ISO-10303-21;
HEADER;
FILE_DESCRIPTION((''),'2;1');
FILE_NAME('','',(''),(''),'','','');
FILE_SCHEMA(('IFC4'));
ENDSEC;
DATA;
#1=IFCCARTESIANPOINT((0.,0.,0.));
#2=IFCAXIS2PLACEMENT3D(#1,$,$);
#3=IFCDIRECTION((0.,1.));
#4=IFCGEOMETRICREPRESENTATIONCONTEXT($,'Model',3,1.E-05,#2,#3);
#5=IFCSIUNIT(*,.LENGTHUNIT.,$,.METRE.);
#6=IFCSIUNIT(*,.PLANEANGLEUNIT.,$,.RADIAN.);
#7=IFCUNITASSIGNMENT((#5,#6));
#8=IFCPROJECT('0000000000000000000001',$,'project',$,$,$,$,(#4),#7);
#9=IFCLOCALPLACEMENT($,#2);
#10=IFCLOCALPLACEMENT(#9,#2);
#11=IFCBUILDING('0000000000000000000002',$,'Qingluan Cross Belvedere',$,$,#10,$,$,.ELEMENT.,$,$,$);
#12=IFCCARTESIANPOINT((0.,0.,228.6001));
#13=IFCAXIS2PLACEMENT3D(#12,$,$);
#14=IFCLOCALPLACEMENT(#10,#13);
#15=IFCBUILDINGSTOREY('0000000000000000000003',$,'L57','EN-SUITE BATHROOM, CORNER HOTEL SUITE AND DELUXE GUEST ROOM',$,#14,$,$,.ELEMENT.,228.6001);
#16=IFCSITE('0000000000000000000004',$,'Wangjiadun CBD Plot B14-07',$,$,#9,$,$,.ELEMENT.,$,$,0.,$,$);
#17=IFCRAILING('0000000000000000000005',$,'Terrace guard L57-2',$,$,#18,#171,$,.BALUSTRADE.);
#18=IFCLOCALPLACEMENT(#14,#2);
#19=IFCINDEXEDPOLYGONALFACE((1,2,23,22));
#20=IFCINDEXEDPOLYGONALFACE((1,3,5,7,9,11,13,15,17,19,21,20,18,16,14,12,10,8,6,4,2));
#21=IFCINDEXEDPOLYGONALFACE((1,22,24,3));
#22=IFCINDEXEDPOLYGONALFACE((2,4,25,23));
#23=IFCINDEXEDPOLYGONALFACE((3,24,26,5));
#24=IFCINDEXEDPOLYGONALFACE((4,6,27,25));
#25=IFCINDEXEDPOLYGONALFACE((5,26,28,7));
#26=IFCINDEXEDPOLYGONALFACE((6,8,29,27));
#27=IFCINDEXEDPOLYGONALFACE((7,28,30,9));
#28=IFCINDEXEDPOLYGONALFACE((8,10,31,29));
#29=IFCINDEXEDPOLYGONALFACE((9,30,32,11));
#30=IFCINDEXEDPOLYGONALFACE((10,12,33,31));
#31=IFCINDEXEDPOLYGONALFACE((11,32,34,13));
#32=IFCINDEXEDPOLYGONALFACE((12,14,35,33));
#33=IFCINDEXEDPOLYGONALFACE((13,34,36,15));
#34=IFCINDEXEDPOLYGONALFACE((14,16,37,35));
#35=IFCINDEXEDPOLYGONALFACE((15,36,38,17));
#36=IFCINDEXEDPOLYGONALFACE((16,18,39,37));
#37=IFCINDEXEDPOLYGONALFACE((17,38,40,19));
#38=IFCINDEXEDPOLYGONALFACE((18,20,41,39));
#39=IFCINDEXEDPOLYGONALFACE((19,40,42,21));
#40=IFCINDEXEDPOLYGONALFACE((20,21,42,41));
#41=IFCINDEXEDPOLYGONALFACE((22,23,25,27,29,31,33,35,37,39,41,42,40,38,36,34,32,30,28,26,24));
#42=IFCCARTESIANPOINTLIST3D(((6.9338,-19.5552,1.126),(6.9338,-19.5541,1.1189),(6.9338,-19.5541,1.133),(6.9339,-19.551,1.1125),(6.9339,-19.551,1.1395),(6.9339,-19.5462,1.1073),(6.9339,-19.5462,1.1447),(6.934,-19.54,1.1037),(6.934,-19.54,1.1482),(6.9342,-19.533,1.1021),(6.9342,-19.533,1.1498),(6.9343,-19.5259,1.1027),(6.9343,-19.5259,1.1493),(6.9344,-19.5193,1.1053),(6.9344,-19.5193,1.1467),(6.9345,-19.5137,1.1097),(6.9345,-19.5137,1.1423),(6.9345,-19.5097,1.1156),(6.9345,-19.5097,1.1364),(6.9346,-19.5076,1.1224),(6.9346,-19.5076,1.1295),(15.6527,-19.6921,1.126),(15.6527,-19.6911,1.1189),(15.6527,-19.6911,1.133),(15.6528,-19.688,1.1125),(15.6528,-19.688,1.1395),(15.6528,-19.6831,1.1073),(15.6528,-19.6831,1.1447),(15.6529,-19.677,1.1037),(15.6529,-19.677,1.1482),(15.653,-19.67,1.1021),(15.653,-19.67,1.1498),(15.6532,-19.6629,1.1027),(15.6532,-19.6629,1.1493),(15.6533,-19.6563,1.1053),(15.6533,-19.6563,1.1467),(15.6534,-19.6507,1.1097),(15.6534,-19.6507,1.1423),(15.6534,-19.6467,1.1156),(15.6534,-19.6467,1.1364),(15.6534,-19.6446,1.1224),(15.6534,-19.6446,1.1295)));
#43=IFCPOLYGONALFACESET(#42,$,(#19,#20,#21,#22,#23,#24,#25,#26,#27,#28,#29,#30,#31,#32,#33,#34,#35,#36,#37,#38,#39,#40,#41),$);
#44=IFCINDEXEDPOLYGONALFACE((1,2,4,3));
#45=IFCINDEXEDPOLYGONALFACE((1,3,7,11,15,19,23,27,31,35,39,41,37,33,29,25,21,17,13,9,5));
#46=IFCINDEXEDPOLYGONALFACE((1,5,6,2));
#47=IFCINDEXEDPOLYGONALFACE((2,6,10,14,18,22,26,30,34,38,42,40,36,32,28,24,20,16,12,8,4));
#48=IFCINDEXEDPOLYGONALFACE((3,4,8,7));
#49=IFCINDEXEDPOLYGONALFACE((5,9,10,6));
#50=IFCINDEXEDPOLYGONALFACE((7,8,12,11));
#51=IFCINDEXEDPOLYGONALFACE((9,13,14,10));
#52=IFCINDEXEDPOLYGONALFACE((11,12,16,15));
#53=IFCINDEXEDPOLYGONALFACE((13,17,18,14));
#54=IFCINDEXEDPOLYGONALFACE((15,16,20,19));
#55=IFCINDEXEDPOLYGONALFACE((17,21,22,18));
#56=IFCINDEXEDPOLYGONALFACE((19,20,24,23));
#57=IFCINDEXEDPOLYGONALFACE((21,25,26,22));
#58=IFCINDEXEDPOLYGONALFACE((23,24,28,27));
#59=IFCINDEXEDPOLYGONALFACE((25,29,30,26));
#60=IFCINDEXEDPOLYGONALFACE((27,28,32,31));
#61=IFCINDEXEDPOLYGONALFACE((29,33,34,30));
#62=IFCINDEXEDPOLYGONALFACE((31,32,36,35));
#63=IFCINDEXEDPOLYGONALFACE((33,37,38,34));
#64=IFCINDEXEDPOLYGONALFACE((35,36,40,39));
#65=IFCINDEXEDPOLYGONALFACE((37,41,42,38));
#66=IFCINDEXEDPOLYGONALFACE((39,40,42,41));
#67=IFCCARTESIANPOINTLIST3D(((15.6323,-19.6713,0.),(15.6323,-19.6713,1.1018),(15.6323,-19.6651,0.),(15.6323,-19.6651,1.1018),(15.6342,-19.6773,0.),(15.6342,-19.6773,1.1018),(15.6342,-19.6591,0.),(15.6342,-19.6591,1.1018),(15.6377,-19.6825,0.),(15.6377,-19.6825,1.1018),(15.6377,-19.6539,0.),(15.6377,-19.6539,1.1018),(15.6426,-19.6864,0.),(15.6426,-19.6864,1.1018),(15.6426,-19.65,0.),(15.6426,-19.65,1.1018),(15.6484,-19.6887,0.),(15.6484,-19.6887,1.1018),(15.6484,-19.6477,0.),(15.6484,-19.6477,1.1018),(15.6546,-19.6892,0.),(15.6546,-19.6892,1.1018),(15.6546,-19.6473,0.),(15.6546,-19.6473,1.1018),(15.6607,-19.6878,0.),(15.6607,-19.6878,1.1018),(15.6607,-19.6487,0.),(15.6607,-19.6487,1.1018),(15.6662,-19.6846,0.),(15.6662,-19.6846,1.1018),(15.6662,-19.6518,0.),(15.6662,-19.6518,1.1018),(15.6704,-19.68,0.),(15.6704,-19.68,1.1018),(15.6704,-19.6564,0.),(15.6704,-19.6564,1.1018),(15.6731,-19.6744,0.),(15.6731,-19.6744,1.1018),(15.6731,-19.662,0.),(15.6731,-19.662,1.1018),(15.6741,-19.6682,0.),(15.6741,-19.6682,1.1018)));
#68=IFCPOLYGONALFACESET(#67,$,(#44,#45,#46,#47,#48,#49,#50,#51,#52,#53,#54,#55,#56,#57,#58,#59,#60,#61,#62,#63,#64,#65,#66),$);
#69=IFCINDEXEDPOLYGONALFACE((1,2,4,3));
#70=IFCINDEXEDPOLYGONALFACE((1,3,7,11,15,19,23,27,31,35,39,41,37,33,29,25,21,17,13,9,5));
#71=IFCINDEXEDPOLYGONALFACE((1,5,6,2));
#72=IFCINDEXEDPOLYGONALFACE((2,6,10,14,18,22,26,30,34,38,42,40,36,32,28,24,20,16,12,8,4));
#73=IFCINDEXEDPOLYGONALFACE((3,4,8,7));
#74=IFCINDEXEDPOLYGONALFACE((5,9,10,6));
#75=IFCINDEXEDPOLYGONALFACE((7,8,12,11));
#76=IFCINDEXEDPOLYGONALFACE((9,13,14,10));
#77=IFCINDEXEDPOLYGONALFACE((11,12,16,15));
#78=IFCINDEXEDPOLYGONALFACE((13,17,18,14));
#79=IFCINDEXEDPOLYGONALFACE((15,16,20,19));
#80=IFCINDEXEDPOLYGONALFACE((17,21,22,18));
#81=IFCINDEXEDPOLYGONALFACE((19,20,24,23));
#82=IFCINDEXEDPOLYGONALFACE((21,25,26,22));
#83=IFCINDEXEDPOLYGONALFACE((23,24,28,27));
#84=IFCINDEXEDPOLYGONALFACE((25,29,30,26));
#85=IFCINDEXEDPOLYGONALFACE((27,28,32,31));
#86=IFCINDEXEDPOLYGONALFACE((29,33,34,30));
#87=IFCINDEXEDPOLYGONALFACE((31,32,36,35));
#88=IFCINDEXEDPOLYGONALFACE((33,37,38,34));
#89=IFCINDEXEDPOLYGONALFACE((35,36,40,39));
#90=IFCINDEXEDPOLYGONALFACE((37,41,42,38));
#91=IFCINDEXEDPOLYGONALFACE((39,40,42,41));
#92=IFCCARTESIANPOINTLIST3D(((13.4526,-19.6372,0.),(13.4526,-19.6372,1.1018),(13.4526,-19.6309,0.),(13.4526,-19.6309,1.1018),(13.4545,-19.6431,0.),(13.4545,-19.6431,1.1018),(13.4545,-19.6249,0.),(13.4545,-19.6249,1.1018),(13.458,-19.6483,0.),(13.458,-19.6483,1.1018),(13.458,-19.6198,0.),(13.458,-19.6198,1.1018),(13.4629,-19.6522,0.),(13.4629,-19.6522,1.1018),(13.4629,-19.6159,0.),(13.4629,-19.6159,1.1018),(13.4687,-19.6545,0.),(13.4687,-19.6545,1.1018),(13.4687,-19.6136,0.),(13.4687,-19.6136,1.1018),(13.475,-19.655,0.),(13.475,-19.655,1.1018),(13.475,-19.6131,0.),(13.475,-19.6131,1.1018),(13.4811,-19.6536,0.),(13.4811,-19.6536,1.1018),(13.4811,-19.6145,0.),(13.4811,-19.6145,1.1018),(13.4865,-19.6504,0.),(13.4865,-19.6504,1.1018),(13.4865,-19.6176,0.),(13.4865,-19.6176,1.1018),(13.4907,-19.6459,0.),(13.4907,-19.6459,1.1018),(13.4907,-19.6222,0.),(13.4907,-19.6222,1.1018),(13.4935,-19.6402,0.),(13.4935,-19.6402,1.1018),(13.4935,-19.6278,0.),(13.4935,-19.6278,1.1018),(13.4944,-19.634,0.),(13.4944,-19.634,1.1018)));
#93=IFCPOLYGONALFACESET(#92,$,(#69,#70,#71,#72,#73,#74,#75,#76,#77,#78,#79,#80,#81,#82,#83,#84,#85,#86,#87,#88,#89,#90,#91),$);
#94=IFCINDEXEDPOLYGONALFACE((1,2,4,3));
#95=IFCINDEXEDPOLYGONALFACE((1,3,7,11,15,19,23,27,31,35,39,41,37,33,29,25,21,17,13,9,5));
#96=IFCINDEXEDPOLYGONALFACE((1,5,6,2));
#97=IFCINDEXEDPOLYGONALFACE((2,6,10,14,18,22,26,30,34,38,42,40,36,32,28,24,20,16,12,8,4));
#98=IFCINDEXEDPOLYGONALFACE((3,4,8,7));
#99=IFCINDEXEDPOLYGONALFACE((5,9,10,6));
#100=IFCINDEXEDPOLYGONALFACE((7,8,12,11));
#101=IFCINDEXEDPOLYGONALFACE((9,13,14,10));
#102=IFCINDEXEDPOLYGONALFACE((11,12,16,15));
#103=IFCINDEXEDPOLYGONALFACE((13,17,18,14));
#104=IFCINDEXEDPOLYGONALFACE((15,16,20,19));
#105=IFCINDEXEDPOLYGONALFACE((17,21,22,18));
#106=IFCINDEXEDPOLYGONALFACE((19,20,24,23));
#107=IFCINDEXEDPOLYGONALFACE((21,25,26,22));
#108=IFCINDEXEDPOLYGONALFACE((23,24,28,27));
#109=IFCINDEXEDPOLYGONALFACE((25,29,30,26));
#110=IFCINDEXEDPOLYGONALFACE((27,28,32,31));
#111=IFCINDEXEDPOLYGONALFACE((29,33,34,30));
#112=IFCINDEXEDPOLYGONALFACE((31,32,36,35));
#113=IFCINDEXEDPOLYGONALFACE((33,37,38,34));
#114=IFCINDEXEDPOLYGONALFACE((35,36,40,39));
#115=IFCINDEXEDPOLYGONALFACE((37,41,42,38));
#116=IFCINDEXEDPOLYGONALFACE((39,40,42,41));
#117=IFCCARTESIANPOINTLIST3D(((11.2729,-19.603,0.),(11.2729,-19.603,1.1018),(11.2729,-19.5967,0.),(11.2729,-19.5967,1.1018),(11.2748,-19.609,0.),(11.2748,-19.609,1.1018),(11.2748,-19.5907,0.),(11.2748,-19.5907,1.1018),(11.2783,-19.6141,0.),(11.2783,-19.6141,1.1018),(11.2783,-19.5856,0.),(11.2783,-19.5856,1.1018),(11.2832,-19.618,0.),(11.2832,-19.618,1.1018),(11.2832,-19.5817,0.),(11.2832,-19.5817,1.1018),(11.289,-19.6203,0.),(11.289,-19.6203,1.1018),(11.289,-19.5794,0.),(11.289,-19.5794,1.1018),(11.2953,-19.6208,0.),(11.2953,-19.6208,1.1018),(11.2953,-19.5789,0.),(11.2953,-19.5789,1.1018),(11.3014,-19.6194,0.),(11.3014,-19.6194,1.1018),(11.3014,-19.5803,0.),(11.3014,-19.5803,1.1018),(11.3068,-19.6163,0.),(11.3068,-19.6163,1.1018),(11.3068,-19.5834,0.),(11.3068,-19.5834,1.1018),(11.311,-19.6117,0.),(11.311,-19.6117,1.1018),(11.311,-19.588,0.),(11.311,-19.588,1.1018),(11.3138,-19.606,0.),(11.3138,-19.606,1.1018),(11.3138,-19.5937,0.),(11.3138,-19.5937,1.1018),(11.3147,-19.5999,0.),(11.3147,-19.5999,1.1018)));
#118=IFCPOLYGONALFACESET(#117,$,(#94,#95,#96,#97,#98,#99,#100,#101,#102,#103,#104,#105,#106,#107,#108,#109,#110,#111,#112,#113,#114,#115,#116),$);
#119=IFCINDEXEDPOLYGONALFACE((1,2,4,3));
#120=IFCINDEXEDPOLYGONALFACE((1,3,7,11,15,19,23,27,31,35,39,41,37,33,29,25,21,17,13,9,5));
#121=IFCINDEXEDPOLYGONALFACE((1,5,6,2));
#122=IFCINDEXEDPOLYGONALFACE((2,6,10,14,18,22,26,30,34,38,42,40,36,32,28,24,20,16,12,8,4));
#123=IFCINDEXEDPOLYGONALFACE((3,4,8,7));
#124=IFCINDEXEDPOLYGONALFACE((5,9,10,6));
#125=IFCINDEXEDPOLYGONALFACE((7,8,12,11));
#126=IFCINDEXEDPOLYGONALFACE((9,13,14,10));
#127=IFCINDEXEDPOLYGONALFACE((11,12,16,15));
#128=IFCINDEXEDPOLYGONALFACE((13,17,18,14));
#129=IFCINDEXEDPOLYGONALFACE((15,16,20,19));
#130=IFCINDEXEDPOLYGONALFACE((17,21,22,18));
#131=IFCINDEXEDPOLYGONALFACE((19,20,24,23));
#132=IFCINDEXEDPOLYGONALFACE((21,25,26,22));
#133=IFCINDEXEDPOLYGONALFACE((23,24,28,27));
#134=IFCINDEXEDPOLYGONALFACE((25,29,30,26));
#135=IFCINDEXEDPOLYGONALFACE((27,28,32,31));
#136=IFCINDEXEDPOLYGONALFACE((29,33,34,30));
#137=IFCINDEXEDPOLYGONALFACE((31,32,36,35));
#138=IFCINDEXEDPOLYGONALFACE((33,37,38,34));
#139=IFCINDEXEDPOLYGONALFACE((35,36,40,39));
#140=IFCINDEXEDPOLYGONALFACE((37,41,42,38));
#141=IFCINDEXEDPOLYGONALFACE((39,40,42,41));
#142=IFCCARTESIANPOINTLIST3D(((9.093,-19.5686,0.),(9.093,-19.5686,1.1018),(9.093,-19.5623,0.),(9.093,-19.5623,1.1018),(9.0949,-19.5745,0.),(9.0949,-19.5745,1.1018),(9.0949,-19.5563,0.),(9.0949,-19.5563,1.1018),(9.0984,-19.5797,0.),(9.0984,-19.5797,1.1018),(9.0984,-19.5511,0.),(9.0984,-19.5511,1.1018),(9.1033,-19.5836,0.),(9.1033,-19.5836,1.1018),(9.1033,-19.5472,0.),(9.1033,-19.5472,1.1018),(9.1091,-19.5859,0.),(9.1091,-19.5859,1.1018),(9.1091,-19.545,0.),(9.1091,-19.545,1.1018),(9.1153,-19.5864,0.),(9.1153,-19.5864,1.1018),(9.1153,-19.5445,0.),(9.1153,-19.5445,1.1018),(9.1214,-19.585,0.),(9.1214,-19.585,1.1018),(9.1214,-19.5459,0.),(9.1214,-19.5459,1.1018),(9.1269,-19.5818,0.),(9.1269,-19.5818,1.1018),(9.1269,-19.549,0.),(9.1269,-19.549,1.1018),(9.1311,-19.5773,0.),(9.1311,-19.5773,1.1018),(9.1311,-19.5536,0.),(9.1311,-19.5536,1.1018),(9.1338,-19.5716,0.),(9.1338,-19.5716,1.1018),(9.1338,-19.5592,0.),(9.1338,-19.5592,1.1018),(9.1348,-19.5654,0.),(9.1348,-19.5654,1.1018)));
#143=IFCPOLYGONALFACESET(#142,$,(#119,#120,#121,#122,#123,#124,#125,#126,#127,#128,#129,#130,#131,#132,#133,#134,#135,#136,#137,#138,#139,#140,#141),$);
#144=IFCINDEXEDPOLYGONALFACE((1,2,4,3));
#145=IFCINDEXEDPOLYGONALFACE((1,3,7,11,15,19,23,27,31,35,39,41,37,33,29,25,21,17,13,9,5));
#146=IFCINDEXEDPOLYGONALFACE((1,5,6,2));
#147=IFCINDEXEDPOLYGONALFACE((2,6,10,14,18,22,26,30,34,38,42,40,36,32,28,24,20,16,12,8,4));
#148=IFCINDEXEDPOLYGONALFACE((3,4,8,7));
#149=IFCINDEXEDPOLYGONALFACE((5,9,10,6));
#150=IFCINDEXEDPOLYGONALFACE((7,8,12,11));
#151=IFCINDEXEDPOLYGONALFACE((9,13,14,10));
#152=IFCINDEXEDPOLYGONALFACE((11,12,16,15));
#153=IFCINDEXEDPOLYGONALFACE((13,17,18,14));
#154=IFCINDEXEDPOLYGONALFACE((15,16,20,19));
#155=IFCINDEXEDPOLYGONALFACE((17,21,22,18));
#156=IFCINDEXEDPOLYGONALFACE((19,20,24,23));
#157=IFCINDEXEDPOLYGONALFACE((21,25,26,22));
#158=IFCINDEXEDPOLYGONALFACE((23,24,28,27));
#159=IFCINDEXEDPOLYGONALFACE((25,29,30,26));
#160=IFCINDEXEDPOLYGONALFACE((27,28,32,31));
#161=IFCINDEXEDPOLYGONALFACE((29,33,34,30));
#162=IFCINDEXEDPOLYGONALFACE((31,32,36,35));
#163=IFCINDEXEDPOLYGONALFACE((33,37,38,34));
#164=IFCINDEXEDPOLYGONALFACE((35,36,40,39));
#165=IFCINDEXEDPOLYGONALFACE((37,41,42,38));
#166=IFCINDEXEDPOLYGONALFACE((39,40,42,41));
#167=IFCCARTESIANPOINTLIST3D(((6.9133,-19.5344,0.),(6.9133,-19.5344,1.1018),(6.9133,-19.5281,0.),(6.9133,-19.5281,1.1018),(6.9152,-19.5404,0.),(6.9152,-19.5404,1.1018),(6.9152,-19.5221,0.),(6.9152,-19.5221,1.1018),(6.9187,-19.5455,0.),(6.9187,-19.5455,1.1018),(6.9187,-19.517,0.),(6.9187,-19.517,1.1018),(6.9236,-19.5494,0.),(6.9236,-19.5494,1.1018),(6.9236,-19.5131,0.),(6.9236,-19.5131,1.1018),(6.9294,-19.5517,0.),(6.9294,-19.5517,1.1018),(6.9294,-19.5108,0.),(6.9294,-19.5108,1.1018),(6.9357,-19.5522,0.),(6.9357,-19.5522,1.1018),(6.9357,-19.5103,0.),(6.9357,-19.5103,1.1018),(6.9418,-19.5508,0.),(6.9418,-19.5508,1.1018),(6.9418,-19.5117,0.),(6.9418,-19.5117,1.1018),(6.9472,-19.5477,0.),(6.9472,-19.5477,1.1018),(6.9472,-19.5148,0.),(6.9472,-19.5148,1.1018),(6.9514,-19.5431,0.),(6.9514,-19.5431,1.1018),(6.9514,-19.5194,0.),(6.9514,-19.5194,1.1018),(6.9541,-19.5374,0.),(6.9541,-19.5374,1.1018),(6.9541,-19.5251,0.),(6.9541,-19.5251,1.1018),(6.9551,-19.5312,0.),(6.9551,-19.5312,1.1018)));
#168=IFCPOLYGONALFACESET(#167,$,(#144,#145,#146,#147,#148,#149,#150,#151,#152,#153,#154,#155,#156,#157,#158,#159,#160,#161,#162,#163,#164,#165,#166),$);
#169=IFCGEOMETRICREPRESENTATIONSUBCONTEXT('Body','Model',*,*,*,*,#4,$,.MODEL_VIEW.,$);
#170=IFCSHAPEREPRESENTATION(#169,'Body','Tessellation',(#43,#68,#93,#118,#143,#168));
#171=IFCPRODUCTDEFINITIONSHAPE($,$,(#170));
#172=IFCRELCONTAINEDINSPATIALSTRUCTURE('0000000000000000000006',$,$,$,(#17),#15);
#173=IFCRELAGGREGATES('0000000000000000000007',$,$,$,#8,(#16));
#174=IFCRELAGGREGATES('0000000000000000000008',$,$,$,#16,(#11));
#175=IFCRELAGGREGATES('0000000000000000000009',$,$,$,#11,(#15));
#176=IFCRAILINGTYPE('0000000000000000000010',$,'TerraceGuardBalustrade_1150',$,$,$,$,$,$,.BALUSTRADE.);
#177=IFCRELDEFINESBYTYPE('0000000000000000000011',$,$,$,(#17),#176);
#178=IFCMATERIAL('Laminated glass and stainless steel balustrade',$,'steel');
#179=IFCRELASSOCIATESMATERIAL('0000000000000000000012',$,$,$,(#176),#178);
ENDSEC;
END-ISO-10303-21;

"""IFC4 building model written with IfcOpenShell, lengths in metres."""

from ifc_helpers import new_model, si_unit, direction, frame, origin, origin_2d, place, context, subcontext, project, spatial, circle, extrude, material, type_object, element, save


model = new_model("IFC4")

# Units and contexts
model_context = context("Model", 3, precision=1e-05, world=origin(), true_north=direction((0.0, 1.0)))
body_context = subcontext(model_context, "Body", "Model", "MODEL_VIEW")
ifc_project = project(units=[si_unit("LENGTHUNIT", "METRE"), si_unit("PLANEANGLEUNIT", "RADIAN")], contexts=[model_context])

# Site, building, storey
site_placement = place(None, origin())
site = spatial("IfcSite", under=ifc_project, at=site_placement, Name="Wangjiadun CBD Plot B14-07", CompositionType="ELEMENT", RefElevation=0.0)
building_placement = place(site_placement, origin())
building = spatial("IfcBuilding", under=site, at=building_placement, Name="Qingluan Cross Belvedere", CompositionType="ELEMENT")
storey_placement = place(building_placement, frame((0.0, 0.0, 228.6001)))
storey = spatial("IfcBuildingStorey", under=building, at=storey_placement, Name="L57", Description="EN-SUITE BATHROOM, CORNER HOTEL SUITE AND DELUXE GUEST ROOM", CompositionType="ELEMENT", Elevation=228.6001)

# Railing
ifc_material_1 = material(Name="Laminated glass and stainless steel balustrade", Category="steel")
railing_type = type_object("IfcRailingType", Name="TerraceGuardBalustrade_1150", PredefinedType="BALUSTRADE", material=ifc_material_1)
railing_1_placement = place(storey_placement, frame((15.6531, -19.6682, 0.0)))
element("IfcRailing", 1, at=railing_1_placement, inside=storey, type_object=railing_type, Name="Terrace guard L57-2", PredefinedType="BALUSTRADE", context=body_context, shape_type="SweptSolid", body=[
    extrude(circle(Radius=0.0239, at=origin_2d()), frame((0.0, 0.0, 1.126), z_axis=(-0.999877, 0.015707, 0.0), x_axis=(-0.015707, -0.999877, 0.0)), (0.0, 0.0, 1.0), 8.72),
    extrude(circle(Radius=0.021, at=origin_2d()), origin(), (0.0, 0.0, 1.0), 1.1018),
    extrude(circle(Radius=0.021, at=origin_2d()), frame((-2.1797, 0.0342, 0.0)), (0.0, 0.0, 1.0), 1.1018),
    extrude(circle(Radius=0.021, at=origin_2d()), frame((-4.3594, 0.0684, 0.0)), (0.0, 0.0, 1.0), 1.1018),
    extrude(circle(Radius=0.021, at=origin_2d()), frame((-6.5393, 0.1028, 0.0)), (0.0, 0.0, 1.0), 1.1018),
    extrude(circle(Radius=0.021, at=origin_2d()), frame((-8.719, 0.137, 0.0)), (0.0, 0.0, 1.0), 1.1018),
])

save(model, "model.ifc")
